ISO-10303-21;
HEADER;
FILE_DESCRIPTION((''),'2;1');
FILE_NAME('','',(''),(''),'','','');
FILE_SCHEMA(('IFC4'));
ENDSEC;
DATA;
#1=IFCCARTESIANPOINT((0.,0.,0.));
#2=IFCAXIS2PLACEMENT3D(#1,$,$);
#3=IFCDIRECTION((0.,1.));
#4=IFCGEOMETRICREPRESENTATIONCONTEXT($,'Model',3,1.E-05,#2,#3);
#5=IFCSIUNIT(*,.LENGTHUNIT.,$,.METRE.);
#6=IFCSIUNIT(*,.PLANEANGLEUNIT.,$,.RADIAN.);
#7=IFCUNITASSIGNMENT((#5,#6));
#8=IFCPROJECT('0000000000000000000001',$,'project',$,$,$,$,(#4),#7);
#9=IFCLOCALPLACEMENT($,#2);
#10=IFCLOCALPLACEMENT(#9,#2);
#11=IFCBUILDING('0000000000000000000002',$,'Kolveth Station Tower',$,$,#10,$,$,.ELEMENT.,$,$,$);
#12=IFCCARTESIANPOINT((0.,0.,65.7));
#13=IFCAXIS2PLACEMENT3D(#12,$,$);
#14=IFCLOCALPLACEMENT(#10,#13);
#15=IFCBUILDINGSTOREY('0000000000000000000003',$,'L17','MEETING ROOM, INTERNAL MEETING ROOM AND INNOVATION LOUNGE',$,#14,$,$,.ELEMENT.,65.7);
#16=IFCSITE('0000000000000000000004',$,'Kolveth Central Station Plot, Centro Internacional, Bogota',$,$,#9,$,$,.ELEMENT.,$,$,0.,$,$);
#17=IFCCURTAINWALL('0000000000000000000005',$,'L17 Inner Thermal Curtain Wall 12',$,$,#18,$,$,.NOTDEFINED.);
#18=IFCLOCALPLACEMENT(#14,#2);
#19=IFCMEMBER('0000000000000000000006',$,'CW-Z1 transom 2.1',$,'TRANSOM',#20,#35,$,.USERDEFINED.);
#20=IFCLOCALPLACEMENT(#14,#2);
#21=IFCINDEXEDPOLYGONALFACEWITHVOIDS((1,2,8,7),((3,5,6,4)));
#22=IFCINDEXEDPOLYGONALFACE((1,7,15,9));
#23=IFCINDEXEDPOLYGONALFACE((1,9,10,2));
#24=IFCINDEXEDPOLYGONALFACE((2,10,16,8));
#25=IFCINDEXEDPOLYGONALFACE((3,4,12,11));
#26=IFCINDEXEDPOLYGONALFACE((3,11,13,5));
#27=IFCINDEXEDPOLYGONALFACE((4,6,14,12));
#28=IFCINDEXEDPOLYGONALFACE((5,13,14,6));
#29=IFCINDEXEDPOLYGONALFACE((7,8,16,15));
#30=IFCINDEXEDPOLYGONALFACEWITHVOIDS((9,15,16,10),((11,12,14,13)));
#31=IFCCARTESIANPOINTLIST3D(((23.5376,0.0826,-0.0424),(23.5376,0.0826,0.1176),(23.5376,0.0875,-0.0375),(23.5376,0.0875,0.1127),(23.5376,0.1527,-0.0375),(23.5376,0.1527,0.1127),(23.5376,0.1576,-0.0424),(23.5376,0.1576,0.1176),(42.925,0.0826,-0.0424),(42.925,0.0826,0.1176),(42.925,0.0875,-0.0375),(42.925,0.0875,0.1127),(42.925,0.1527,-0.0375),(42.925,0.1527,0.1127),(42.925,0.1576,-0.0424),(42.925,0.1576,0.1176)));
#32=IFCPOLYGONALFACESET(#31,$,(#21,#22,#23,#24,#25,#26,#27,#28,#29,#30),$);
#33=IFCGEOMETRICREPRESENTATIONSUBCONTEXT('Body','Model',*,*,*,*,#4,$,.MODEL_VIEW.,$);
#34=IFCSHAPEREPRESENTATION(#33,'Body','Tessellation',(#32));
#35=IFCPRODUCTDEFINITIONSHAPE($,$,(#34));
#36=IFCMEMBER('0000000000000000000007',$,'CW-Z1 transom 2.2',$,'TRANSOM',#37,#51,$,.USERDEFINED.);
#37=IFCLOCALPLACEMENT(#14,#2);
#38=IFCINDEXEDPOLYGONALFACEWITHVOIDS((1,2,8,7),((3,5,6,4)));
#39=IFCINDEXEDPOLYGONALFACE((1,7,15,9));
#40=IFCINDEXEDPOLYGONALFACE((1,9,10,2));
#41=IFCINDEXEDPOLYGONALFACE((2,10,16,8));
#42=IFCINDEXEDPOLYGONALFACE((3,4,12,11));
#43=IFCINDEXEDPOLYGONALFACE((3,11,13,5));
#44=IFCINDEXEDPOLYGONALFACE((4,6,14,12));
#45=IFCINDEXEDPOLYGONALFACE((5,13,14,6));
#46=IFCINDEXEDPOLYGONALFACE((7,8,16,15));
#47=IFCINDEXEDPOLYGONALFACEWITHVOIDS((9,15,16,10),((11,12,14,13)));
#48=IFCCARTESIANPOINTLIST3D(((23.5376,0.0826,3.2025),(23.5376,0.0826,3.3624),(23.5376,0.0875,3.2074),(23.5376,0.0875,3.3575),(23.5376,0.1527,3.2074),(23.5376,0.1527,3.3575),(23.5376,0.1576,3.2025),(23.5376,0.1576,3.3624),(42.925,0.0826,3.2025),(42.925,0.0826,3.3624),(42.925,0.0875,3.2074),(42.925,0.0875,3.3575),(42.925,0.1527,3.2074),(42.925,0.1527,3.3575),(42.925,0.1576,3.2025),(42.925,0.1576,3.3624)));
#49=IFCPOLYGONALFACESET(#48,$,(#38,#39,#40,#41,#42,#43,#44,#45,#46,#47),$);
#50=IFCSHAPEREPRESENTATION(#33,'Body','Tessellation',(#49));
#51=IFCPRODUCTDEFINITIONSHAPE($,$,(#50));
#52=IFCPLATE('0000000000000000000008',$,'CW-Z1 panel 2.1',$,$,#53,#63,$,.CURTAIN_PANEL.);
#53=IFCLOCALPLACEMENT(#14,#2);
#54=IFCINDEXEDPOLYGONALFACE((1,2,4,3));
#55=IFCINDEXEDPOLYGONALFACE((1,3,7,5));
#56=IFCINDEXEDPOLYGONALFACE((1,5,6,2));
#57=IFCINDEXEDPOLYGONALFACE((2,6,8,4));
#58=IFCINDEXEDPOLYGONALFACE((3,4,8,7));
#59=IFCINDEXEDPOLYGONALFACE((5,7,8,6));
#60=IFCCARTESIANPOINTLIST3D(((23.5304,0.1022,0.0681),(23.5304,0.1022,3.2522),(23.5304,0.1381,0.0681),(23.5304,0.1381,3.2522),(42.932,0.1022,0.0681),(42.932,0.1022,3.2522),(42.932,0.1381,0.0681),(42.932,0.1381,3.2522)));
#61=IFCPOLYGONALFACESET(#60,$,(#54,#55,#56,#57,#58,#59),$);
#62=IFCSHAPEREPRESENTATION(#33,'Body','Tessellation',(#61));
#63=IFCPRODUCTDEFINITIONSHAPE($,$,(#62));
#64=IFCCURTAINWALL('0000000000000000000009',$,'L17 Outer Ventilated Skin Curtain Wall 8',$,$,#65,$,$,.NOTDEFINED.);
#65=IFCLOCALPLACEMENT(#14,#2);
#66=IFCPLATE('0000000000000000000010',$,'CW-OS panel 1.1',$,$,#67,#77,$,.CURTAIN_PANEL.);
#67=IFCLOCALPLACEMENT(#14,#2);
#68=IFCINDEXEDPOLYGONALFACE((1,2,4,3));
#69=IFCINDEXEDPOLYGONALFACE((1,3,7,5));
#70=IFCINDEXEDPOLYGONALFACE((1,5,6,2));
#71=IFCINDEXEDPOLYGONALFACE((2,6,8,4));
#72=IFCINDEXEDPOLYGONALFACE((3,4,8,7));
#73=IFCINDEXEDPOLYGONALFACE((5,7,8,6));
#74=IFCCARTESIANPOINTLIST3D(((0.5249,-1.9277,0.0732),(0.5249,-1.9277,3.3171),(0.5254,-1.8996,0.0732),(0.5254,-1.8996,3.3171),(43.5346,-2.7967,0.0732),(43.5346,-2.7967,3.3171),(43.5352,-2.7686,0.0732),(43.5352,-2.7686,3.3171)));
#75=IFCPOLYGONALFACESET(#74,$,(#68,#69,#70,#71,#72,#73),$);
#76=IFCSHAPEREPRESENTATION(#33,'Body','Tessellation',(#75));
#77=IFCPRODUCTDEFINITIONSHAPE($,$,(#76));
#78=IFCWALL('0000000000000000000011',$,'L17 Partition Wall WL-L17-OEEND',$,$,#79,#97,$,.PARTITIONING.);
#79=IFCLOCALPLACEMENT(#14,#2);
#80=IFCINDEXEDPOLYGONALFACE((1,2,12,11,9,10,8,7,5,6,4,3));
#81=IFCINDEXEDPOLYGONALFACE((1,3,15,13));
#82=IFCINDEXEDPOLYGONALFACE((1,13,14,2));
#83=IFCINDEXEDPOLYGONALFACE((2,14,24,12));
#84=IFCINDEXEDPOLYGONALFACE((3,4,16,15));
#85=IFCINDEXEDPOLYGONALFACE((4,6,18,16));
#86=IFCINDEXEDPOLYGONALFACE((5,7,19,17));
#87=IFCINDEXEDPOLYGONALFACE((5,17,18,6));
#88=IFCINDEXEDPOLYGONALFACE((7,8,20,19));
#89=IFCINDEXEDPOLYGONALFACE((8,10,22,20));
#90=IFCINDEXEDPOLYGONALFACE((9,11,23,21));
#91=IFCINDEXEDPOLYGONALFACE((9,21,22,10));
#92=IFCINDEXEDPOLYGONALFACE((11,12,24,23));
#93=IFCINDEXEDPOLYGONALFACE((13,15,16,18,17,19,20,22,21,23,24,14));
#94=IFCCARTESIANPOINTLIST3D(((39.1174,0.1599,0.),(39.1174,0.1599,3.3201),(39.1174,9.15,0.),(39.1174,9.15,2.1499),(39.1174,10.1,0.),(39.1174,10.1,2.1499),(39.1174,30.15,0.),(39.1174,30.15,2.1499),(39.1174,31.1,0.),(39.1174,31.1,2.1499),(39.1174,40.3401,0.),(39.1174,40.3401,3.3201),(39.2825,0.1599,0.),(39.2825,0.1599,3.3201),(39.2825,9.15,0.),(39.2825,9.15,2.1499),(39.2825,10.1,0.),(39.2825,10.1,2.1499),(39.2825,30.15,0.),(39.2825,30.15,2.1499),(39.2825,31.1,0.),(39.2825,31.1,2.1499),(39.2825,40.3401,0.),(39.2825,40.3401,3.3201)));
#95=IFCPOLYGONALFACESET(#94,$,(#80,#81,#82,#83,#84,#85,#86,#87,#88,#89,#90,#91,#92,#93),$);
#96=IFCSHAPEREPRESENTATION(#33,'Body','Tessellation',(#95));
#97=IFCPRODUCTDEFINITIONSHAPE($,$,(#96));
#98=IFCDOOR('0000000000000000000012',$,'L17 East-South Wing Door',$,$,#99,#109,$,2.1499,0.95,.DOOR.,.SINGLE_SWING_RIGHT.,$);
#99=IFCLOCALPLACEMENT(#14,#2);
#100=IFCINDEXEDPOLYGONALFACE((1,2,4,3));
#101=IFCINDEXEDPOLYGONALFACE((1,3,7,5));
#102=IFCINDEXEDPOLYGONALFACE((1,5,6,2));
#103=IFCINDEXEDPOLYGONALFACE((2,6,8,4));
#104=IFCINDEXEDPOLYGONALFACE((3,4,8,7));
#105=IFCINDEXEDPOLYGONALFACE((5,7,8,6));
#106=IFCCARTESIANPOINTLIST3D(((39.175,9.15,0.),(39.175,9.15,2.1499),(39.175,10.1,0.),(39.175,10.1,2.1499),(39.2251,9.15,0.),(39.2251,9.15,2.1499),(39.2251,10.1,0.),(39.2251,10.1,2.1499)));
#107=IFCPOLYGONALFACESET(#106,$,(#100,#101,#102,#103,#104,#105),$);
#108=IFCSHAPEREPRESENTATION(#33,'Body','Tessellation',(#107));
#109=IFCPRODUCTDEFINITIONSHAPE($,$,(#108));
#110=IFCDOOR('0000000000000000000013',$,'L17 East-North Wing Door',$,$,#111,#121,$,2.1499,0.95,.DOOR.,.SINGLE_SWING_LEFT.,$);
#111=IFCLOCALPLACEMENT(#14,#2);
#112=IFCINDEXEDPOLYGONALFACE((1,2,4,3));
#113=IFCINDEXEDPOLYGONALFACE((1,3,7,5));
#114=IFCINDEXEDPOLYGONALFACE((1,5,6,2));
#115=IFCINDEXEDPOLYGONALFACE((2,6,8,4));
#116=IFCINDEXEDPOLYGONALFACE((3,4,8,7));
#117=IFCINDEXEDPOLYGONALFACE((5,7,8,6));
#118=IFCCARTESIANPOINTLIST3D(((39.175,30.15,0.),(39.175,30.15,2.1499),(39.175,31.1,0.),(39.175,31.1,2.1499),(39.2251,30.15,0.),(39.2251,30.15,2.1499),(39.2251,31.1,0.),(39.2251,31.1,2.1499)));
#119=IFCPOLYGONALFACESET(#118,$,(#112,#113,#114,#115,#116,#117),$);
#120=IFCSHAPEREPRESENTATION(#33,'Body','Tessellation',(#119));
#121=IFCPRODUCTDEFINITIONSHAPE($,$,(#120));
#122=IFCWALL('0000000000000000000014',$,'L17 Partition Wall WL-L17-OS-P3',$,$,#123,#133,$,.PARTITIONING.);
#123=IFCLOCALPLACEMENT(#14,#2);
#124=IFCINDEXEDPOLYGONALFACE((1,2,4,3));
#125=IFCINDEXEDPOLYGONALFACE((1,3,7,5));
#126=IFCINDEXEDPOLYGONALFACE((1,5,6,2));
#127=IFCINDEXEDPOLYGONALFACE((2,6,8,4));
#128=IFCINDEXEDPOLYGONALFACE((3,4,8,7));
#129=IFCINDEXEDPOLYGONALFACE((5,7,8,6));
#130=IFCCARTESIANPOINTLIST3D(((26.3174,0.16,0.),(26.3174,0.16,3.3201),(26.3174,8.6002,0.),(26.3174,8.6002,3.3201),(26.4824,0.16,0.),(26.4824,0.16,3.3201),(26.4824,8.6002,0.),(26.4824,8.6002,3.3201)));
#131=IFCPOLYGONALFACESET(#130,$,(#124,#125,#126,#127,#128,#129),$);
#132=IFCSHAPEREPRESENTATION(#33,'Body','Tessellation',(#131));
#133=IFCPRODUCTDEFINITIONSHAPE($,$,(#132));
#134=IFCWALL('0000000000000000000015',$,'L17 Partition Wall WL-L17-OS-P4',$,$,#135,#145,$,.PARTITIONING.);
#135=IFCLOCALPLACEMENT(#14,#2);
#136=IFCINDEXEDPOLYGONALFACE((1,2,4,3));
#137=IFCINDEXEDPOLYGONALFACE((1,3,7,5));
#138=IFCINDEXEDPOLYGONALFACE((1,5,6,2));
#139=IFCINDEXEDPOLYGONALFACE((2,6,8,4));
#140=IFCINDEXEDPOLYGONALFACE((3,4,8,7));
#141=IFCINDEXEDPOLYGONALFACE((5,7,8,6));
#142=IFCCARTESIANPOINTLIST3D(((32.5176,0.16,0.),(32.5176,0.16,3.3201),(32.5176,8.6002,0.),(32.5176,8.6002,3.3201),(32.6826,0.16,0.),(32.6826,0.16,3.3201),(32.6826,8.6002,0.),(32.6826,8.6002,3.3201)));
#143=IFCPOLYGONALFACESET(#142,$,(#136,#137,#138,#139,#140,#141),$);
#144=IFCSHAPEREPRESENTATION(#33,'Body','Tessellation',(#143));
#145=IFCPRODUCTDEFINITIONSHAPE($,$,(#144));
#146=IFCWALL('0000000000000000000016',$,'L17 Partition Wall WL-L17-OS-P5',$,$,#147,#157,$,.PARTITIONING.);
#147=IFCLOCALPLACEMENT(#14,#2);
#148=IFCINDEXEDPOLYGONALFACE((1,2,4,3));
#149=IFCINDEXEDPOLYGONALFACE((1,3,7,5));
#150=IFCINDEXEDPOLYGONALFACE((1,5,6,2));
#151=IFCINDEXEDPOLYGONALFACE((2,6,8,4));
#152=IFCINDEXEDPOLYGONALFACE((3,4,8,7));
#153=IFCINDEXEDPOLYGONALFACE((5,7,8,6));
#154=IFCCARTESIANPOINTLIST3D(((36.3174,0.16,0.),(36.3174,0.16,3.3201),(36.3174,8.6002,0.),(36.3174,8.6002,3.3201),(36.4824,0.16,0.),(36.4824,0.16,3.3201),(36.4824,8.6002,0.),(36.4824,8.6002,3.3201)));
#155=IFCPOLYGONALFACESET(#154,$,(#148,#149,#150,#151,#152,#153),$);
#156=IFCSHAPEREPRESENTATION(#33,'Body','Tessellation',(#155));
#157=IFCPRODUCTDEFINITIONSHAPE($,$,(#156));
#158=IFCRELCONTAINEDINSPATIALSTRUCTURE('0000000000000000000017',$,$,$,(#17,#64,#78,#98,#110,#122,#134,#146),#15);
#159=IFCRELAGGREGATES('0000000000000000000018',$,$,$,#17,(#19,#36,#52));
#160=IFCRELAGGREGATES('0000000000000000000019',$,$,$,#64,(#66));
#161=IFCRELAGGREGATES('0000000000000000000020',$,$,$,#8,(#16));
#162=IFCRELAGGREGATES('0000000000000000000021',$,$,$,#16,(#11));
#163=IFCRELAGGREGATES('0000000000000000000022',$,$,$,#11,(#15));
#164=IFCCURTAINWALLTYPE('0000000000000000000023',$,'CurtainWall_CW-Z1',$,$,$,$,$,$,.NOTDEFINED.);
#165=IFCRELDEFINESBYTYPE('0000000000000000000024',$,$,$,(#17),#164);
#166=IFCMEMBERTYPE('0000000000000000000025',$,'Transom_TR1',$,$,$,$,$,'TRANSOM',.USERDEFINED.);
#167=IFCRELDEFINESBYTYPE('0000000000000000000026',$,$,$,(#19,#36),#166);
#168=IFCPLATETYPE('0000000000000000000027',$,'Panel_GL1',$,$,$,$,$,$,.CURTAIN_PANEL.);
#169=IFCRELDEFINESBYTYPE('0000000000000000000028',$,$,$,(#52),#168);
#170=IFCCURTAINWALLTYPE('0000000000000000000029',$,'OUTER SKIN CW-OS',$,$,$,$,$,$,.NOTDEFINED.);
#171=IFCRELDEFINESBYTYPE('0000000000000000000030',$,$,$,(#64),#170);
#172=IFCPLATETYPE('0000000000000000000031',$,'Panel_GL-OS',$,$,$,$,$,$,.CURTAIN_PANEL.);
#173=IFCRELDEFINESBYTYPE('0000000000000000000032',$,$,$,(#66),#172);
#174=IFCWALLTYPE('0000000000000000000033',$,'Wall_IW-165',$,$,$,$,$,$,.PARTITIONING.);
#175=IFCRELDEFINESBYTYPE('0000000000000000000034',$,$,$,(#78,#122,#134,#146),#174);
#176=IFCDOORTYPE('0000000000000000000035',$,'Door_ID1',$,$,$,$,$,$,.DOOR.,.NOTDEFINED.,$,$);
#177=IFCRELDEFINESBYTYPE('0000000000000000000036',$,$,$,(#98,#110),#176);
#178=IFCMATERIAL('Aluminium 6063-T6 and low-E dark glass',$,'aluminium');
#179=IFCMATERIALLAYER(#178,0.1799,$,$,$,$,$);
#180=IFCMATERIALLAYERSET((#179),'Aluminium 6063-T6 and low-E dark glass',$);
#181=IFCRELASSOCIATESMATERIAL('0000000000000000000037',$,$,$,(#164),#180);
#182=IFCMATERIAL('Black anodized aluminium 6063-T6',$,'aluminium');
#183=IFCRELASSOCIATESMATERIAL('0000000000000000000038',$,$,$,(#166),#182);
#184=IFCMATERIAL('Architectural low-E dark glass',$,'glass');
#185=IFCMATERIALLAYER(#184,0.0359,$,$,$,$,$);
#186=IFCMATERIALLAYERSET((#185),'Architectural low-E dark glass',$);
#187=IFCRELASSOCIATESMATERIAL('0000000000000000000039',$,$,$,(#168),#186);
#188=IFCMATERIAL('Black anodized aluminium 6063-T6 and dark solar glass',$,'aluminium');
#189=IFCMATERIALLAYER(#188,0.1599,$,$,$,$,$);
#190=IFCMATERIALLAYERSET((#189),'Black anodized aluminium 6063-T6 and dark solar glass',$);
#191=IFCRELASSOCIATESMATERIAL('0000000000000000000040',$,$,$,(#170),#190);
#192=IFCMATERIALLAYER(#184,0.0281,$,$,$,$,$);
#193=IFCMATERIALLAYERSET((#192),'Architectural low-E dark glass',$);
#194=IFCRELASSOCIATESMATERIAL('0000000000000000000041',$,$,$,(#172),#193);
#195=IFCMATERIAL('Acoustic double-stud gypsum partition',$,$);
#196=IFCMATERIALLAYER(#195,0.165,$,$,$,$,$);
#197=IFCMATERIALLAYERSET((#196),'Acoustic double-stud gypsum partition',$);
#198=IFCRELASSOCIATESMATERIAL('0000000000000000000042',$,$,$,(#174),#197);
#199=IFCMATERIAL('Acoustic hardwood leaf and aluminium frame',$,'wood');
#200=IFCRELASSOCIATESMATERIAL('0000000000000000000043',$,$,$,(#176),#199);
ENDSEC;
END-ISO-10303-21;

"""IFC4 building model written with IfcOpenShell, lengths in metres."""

from ifc_helpers import new_model, si_unit, direction, frame, frame_2d, origin, origin_2d, place, context, subcontext, project, spatial, rectangle, hollow_rectangle, extrude, source, transform, mapped, material, layer, layer_set, material_profile, profile_set, type_object, element, fill, aggregate, save


model = new_model("IFC4")

# Units and contexts
model_context = context("Model", 3, precision=1e-05, world=origin(), true_north=direction((0.0, 1.0)))
body_context = subcontext(model_context, "Body", "Model", "MODEL_VIEW")
ifc_project = project(units=[si_unit("LENGTHUNIT", "METRE"), si_unit("PLANEANGLEUNIT", "RADIAN")], contexts=[model_context])

# Site, building, storey
site_placement = place(None, origin())
site = spatial("IfcSite", under=ifc_project, at=site_placement, Name="Kolveth Central Station Plot, Centro Internacional, Bogota", CompositionType="ELEMENT", RefElevation=0.0)
building_placement = place(site_placement, origin())
building = spatial("IfcBuilding", under=site, at=building_placement, Name="Kolveth Station Tower", CompositionType="ELEMENT")
storey_placement = place(building_placement, frame((0.0, 0.0, 65.7)))
storey = spatial("IfcBuildingStorey", under=building, at=storey_placement, Name="L17", Description="MEETING ROOM, INTERNAL MEETING ROOM AND INNOVATION LOUNGE", CompositionType="ELEMENT", Elevation=65.7)

# Curtain wall, members, plate
ifc_material_1 = material(Name="Aluminium 6063-T6 and low-E dark glass", Category="aluminium")
ifc_layer_1 = layer(ifc_material_1, 0.1799)
ifc_layer_set_1 = layer_set([ifc_layer_1], Name="Aluminium 6063-T6 and low-E dark glass")
curtain_wall_type_1 = type_object("IfcCurtainWallType", Name="CurtainWall_CW-Z1", PredefinedType="NOTDEFINED", material=ifc_layer_set_1)
curtain_wall_1_placement = place(storey_placement, origin())
curtain_wall_1 = element("IfcCurtainWall", 1, at=curtain_wall_1_placement, inside=storey, type_object=curtain_wall_type_1, Name="L17 Inner Thermal Curtain Wall 12", PredefinedType="NOTDEFINED")
ifc_material_2 = material(Name="Black anodized aluminium 6063-T6", Category="aluminium")
ifc_material_profile_1 = material_profile(ifc_material_2, hollow_rectangle(XDim=0.075, YDim=0.1599, WallThickness=0.0049, at=origin_2d()), Name="ALU-75x160x5")
ifc_profile_set_1 = profile_set([ifc_material_profile_1], Name="Black anodized aluminium 6063-T6")
member_type_1 = type_object("IfcMemberType", Name="Transom_TR1", ElementType="TRANSOM", PredefinedType="USERDEFINED", material=ifc_profile_set_1)
shared_shape_1 = source(origin(), body_context, "Body", "SweptSolid", [
    extrude(hollow_rectangle(XDim=0.075, YDim=0.1599, WallThickness=0.0049, at=origin_2d()), origin(), (0.0, 0.0, 1.0), 19.3875),
])
member_1_placement = place(storey_placement, frame((23.5376, 0.1201, 0.0376), z_axis=(1.0, 0.0, 0.0), x_axis=(0.0, 1.0, 0.0)))
member_1 = element("IfcMember", 2, at=member_1_placement, type_object=member_type_1, Name="CW-Z1 transom 2.1", ObjectType="TRANSOM", PredefinedType="USERDEFINED", context=body_context, shape_type="MappedRepresentation", body=[
    mapped(shared_shape_1, transform((0.0, 0.0, 0.0), x_axis=(1.0, 0.0, 0.0), y_axis=(0.0, 1.0, 0.0), z_axis=(0.0, 0.0, 1.0), scale=1.0)),
])
member_2_placement = place(storey_placement, frame((23.5376, 0.1201, 3.2825), z_axis=(1.0, 0.0, 0.0), x_axis=(0.0, 1.0, 0.0)))
member_2 = element("IfcMember", 3, at=member_2_placement, type_object=member_type_1, Name="CW-Z1 transom 2.2", ObjectType="TRANSOM", PredefinedType="USERDEFINED", context=body_context, shape_type="MappedRepresentation", body=[
    mapped(shared_shape_1, transform((0.0, 0.0, 0.0), x_axis=(1.0, 0.0, 0.0), y_axis=(0.0, 1.0, 0.0), z_axis=(0.0, 0.0, 1.0), scale=1.0)),
])
ifc_material_3 = material(Name="Architectural low-E dark glass", Category="glass")
ifc_layer_2 = layer(ifc_material_3, 0.0359)
ifc_layer_set_2 = layer_set([ifc_layer_2], Name="Architectural low-E dark glass")
plate_type_1 = type_object("IfcPlateType", Name="Panel_GL1", PredefinedType="CURTAIN_PANEL", material=ifc_layer_set_2)
shared_shape_2 = source(origin(), body_context, "Body", "SweptSolid", [
    extrude(rectangle(XDim=19.4016, YDim=0.0359, at=origin_2d()), origin(), (0.0, 0.0, 1.0), 3.1841),
])
plate_1_placement = place(storey_placement, frame((33.2312, 0.1201, 0.0681), z_axis=(0.0, 0.0, 1.0), x_axis=(1.0, 0.0, 0.0)))
plate_1 = element("IfcPlate", 4, at=plate_1_placement, type_object=plate_type_1, Name="CW-Z1 panel 2.1", PredefinedType="CURTAIN_PANEL", context=body_context, shape_type="MappedRepresentation", body=[
    mapped(shared_shape_2, transform((0.0, 0.0, 0.0), x_axis=(1.0, 0.0, 0.0), y_axis=(0.0, 1.0, 0.0), z_axis=(0.0, 0.0, 1.0), scale=1.0)),
])
aggregate(curtain_wall_1, [member_1, member_2, plate_1])

# Curtain wall, plate
ifc_material_4 = material(Name="Black anodized aluminium 6063-T6 and dark solar glass", Category="aluminium")
ifc_layer_3 = layer(ifc_material_4, 0.1599)
ifc_layer_set_3 = layer_set([ifc_layer_3], Name="Black anodized aluminium 6063-T6 and dark solar glass")
curtain_wall_type_2 = type_object("IfcCurtainWallType", Name="OUTER SKIN CW-OS", PredefinedType="NOTDEFINED", material=ifc_layer_set_3)
curtain_wall_2_placement = place(storey_placement, origin())
curtain_wall_2 = element("IfcCurtainWall", 5, at=curtain_wall_2_placement, inside=storey, type_object=curtain_wall_type_2, Name="L17 Outer Ventilated Skin Curtain Wall 8", PredefinedType="NOTDEFINED")
ifc_layer_4 = layer(ifc_material_3, 0.0281)
ifc_layer_set_4 = layer_set([ifc_layer_4], Name="Architectural low-E dark glass")
plate_type_2 = type_object("IfcPlateType", Name="Panel_GL-OS", PredefinedType="CURTAIN_PANEL", material=ifc_layer_set_4)
shared_shape_3 = source(origin(), body_context, "Body", "SweptSolid", [
    extrude(rectangle(XDim=43.0186, YDim=0.0281, at=origin_2d()), origin(), (0.0, 0.0, 1.0), 3.2439),
])
plate_2_placement = place(storey_placement, frame((22.03, -2.3481, 0.0732), z_axis=(0.0, 0.0, 1.0), x_axis=(0.999796, -0.020202, 0.0)))
plate_2 = element("IfcPlate", 6, at=plate_2_placement, type_object=plate_type_2, Name="CW-OS panel 1.1", PredefinedType="CURTAIN_PANEL", context=body_context, shape_type="MappedRepresentation", body=[
    mapped(shared_shape_3, transform((0.0, 0.0, 0.0), x_axis=(1.0, 0.0, 0.0), y_axis=(0.0, 1.0, 0.0), z_axis=(0.0, 0.0, 1.0), scale=1.0)),
])
aggregate(curtain_wall_2, [plate_2])

# Wall, openings, doors
ifc_material_5 = material(Name="Acoustic double-stud gypsum partition")
ifc_layer_5 = layer(ifc_material_5, 0.165)
ifc_layer_set_5 = layer_set([ifc_layer_5], Name="Acoustic double-stud gypsum partition")
wall_type = type_object("IfcWallType", Name="Wall_IW-165", PredefinedType="PARTITIONING", material=ifc_layer_set_5)
wall_placement = place(storey_placement, frame((39.2, 0.1599, 0.0), z_axis=(0.0, 0.0, 1.0), x_axis=(0.0, 1.0, 0.0)))
wall = element("IfcWall", 7, at=wall_placement, inside=storey, type_object=wall_type, Name="L17 Partition Wall WL-L17-OEEND", PredefinedType="PARTITIONING", context=body_context, shape_type="SweptSolid", body=[
    extrude(rectangle(XDim=40.1802, YDim=0.165, at=frame_2d((20.0901, 0.0))), origin(), (0.0, 0.0, 1.0), 3.3201),
])
opening_1_placement = place(wall_placement, frame((8.99, 0.0, 0.0)))
opening_1 = element("IfcOpeningElement", 8, at=opening_1_placement, cuts=wall, PredefinedType="OPENING", context=body_context, shape_type="SweptSolid", body=[
    extrude(rectangle(XDim=0.95, YDim=2.1499, at=frame_2d((0.4751, 1.075))), frame((0.0, 0.0925, 0.0), z_axis=(0.0, -1.0, 0.0), x_axis=(1.0, 0.0, 0.0)), (0.0, 0.0, 1.0), 0.1851),
])
opening_2_placement = place(wall_placement, frame((29.99, 0.0, 0.0)))
opening_2 = element("IfcOpeningElement", 9, at=opening_2_placement, cuts=wall, PredefinedType="OPENING", context=body_context, shape_type="SweptSolid", body=[
    extrude(rectangle(XDim=0.95, YDim=2.1499, at=frame_2d((0.4751, 1.075))), frame((0.0, 0.0925, 0.0), z_axis=(0.0, -1.0, 0.0), x_axis=(1.0, 0.0, 0.0)), (0.0, 0.0, 1.0), 0.1851),
])
ifc_material_6 = material(Name="Acoustic hardwood leaf and aluminium frame", Category="wood")
door_type = type_object("IfcDoorType", Name="Door_ID1", OperationType="NOTDEFINED", PredefinedType="DOOR", material=ifc_material_6)
door_1_placement = place(opening_1_placement, origin())
door_1 = element("IfcDoor", 10, at=door_1_placement, inside=storey, type_object=door_type, Name="L17 East-South Wing Door", OperationType="SINGLE_SWING_RIGHT", OverallHeight=2.1499, OverallWidth=0.95, PredefinedType="DOOR", context=body_context, shape_type="SweptSolid", body=[
    extrude(rectangle(XDim=0.95, YDim=2.1499, at=frame_2d((0.4751, 1.075))), frame((0.0, 0.0249, 0.0), z_axis=(0.0, -1.0, 0.0), x_axis=(1.0, 0.0, 0.0)), (0.0, 0.0, 1.0), 0.05),
])
fill(opening_1, door_1)
door_2_placement = place(opening_2_placement, origin())
door_2 = element("IfcDoor", 11, at=door_2_placement, inside=storey, type_object=door_type, Name="L17 East-North Wing Door", OperationType="SINGLE_SWING_LEFT", OverallHeight=2.1499, OverallWidth=0.95, PredefinedType="DOOR", context=body_context, shape_type="SweptSolid", body=[
    extrude(rectangle(XDim=0.95, YDim=2.1499, at=frame_2d((0.4751, 1.075))), frame((0.0, 0.0249, 0.0), z_axis=(0.0, -1.0, 0.0), x_axis=(1.0, 0.0, 0.0)), (0.0, 0.0, 1.0), 0.05),
])
fill(opening_2, door_2)

# Walls
for number, where, z_axis, x_axis, name in (
    (12, (26.3999, 0.1599, 0.0), (0.0, 0.0, 1.0), (0.0, 1.0, 0.0), "L17 Partition Wall WL-L17-OS-P3"),
    (13, (32.6001, 0.1599, 0.0), (0.0, 0.0, 1.0), (0.0, 1.0, 0.0), "L17 Partition Wall WL-L17-OS-P4"),
    (14, (36.3999, 0.1599, 0.0), (0.0, 0.0, 1.0), (0.0, 1.0, 0.0), "L17 Partition Wall WL-L17-OS-P5"),
):
    element("IfcWall", number, at=place(storey_placement, frame(where, z_axis=z_axis, x_axis=x_axis)), inside=storey, type_object=wall_type, Name=name, PredefinedType="PARTITIONING", context=body_context, shape_type="SweptSolid", body=[
        extrude(rectangle(XDim=8.4402, YDim=0.165, at=frame_2d((4.2202, 0.0))), origin(), (0.0, 0.0, 1.0), 3.3201),
    ])

save(model, "model.ifc")
